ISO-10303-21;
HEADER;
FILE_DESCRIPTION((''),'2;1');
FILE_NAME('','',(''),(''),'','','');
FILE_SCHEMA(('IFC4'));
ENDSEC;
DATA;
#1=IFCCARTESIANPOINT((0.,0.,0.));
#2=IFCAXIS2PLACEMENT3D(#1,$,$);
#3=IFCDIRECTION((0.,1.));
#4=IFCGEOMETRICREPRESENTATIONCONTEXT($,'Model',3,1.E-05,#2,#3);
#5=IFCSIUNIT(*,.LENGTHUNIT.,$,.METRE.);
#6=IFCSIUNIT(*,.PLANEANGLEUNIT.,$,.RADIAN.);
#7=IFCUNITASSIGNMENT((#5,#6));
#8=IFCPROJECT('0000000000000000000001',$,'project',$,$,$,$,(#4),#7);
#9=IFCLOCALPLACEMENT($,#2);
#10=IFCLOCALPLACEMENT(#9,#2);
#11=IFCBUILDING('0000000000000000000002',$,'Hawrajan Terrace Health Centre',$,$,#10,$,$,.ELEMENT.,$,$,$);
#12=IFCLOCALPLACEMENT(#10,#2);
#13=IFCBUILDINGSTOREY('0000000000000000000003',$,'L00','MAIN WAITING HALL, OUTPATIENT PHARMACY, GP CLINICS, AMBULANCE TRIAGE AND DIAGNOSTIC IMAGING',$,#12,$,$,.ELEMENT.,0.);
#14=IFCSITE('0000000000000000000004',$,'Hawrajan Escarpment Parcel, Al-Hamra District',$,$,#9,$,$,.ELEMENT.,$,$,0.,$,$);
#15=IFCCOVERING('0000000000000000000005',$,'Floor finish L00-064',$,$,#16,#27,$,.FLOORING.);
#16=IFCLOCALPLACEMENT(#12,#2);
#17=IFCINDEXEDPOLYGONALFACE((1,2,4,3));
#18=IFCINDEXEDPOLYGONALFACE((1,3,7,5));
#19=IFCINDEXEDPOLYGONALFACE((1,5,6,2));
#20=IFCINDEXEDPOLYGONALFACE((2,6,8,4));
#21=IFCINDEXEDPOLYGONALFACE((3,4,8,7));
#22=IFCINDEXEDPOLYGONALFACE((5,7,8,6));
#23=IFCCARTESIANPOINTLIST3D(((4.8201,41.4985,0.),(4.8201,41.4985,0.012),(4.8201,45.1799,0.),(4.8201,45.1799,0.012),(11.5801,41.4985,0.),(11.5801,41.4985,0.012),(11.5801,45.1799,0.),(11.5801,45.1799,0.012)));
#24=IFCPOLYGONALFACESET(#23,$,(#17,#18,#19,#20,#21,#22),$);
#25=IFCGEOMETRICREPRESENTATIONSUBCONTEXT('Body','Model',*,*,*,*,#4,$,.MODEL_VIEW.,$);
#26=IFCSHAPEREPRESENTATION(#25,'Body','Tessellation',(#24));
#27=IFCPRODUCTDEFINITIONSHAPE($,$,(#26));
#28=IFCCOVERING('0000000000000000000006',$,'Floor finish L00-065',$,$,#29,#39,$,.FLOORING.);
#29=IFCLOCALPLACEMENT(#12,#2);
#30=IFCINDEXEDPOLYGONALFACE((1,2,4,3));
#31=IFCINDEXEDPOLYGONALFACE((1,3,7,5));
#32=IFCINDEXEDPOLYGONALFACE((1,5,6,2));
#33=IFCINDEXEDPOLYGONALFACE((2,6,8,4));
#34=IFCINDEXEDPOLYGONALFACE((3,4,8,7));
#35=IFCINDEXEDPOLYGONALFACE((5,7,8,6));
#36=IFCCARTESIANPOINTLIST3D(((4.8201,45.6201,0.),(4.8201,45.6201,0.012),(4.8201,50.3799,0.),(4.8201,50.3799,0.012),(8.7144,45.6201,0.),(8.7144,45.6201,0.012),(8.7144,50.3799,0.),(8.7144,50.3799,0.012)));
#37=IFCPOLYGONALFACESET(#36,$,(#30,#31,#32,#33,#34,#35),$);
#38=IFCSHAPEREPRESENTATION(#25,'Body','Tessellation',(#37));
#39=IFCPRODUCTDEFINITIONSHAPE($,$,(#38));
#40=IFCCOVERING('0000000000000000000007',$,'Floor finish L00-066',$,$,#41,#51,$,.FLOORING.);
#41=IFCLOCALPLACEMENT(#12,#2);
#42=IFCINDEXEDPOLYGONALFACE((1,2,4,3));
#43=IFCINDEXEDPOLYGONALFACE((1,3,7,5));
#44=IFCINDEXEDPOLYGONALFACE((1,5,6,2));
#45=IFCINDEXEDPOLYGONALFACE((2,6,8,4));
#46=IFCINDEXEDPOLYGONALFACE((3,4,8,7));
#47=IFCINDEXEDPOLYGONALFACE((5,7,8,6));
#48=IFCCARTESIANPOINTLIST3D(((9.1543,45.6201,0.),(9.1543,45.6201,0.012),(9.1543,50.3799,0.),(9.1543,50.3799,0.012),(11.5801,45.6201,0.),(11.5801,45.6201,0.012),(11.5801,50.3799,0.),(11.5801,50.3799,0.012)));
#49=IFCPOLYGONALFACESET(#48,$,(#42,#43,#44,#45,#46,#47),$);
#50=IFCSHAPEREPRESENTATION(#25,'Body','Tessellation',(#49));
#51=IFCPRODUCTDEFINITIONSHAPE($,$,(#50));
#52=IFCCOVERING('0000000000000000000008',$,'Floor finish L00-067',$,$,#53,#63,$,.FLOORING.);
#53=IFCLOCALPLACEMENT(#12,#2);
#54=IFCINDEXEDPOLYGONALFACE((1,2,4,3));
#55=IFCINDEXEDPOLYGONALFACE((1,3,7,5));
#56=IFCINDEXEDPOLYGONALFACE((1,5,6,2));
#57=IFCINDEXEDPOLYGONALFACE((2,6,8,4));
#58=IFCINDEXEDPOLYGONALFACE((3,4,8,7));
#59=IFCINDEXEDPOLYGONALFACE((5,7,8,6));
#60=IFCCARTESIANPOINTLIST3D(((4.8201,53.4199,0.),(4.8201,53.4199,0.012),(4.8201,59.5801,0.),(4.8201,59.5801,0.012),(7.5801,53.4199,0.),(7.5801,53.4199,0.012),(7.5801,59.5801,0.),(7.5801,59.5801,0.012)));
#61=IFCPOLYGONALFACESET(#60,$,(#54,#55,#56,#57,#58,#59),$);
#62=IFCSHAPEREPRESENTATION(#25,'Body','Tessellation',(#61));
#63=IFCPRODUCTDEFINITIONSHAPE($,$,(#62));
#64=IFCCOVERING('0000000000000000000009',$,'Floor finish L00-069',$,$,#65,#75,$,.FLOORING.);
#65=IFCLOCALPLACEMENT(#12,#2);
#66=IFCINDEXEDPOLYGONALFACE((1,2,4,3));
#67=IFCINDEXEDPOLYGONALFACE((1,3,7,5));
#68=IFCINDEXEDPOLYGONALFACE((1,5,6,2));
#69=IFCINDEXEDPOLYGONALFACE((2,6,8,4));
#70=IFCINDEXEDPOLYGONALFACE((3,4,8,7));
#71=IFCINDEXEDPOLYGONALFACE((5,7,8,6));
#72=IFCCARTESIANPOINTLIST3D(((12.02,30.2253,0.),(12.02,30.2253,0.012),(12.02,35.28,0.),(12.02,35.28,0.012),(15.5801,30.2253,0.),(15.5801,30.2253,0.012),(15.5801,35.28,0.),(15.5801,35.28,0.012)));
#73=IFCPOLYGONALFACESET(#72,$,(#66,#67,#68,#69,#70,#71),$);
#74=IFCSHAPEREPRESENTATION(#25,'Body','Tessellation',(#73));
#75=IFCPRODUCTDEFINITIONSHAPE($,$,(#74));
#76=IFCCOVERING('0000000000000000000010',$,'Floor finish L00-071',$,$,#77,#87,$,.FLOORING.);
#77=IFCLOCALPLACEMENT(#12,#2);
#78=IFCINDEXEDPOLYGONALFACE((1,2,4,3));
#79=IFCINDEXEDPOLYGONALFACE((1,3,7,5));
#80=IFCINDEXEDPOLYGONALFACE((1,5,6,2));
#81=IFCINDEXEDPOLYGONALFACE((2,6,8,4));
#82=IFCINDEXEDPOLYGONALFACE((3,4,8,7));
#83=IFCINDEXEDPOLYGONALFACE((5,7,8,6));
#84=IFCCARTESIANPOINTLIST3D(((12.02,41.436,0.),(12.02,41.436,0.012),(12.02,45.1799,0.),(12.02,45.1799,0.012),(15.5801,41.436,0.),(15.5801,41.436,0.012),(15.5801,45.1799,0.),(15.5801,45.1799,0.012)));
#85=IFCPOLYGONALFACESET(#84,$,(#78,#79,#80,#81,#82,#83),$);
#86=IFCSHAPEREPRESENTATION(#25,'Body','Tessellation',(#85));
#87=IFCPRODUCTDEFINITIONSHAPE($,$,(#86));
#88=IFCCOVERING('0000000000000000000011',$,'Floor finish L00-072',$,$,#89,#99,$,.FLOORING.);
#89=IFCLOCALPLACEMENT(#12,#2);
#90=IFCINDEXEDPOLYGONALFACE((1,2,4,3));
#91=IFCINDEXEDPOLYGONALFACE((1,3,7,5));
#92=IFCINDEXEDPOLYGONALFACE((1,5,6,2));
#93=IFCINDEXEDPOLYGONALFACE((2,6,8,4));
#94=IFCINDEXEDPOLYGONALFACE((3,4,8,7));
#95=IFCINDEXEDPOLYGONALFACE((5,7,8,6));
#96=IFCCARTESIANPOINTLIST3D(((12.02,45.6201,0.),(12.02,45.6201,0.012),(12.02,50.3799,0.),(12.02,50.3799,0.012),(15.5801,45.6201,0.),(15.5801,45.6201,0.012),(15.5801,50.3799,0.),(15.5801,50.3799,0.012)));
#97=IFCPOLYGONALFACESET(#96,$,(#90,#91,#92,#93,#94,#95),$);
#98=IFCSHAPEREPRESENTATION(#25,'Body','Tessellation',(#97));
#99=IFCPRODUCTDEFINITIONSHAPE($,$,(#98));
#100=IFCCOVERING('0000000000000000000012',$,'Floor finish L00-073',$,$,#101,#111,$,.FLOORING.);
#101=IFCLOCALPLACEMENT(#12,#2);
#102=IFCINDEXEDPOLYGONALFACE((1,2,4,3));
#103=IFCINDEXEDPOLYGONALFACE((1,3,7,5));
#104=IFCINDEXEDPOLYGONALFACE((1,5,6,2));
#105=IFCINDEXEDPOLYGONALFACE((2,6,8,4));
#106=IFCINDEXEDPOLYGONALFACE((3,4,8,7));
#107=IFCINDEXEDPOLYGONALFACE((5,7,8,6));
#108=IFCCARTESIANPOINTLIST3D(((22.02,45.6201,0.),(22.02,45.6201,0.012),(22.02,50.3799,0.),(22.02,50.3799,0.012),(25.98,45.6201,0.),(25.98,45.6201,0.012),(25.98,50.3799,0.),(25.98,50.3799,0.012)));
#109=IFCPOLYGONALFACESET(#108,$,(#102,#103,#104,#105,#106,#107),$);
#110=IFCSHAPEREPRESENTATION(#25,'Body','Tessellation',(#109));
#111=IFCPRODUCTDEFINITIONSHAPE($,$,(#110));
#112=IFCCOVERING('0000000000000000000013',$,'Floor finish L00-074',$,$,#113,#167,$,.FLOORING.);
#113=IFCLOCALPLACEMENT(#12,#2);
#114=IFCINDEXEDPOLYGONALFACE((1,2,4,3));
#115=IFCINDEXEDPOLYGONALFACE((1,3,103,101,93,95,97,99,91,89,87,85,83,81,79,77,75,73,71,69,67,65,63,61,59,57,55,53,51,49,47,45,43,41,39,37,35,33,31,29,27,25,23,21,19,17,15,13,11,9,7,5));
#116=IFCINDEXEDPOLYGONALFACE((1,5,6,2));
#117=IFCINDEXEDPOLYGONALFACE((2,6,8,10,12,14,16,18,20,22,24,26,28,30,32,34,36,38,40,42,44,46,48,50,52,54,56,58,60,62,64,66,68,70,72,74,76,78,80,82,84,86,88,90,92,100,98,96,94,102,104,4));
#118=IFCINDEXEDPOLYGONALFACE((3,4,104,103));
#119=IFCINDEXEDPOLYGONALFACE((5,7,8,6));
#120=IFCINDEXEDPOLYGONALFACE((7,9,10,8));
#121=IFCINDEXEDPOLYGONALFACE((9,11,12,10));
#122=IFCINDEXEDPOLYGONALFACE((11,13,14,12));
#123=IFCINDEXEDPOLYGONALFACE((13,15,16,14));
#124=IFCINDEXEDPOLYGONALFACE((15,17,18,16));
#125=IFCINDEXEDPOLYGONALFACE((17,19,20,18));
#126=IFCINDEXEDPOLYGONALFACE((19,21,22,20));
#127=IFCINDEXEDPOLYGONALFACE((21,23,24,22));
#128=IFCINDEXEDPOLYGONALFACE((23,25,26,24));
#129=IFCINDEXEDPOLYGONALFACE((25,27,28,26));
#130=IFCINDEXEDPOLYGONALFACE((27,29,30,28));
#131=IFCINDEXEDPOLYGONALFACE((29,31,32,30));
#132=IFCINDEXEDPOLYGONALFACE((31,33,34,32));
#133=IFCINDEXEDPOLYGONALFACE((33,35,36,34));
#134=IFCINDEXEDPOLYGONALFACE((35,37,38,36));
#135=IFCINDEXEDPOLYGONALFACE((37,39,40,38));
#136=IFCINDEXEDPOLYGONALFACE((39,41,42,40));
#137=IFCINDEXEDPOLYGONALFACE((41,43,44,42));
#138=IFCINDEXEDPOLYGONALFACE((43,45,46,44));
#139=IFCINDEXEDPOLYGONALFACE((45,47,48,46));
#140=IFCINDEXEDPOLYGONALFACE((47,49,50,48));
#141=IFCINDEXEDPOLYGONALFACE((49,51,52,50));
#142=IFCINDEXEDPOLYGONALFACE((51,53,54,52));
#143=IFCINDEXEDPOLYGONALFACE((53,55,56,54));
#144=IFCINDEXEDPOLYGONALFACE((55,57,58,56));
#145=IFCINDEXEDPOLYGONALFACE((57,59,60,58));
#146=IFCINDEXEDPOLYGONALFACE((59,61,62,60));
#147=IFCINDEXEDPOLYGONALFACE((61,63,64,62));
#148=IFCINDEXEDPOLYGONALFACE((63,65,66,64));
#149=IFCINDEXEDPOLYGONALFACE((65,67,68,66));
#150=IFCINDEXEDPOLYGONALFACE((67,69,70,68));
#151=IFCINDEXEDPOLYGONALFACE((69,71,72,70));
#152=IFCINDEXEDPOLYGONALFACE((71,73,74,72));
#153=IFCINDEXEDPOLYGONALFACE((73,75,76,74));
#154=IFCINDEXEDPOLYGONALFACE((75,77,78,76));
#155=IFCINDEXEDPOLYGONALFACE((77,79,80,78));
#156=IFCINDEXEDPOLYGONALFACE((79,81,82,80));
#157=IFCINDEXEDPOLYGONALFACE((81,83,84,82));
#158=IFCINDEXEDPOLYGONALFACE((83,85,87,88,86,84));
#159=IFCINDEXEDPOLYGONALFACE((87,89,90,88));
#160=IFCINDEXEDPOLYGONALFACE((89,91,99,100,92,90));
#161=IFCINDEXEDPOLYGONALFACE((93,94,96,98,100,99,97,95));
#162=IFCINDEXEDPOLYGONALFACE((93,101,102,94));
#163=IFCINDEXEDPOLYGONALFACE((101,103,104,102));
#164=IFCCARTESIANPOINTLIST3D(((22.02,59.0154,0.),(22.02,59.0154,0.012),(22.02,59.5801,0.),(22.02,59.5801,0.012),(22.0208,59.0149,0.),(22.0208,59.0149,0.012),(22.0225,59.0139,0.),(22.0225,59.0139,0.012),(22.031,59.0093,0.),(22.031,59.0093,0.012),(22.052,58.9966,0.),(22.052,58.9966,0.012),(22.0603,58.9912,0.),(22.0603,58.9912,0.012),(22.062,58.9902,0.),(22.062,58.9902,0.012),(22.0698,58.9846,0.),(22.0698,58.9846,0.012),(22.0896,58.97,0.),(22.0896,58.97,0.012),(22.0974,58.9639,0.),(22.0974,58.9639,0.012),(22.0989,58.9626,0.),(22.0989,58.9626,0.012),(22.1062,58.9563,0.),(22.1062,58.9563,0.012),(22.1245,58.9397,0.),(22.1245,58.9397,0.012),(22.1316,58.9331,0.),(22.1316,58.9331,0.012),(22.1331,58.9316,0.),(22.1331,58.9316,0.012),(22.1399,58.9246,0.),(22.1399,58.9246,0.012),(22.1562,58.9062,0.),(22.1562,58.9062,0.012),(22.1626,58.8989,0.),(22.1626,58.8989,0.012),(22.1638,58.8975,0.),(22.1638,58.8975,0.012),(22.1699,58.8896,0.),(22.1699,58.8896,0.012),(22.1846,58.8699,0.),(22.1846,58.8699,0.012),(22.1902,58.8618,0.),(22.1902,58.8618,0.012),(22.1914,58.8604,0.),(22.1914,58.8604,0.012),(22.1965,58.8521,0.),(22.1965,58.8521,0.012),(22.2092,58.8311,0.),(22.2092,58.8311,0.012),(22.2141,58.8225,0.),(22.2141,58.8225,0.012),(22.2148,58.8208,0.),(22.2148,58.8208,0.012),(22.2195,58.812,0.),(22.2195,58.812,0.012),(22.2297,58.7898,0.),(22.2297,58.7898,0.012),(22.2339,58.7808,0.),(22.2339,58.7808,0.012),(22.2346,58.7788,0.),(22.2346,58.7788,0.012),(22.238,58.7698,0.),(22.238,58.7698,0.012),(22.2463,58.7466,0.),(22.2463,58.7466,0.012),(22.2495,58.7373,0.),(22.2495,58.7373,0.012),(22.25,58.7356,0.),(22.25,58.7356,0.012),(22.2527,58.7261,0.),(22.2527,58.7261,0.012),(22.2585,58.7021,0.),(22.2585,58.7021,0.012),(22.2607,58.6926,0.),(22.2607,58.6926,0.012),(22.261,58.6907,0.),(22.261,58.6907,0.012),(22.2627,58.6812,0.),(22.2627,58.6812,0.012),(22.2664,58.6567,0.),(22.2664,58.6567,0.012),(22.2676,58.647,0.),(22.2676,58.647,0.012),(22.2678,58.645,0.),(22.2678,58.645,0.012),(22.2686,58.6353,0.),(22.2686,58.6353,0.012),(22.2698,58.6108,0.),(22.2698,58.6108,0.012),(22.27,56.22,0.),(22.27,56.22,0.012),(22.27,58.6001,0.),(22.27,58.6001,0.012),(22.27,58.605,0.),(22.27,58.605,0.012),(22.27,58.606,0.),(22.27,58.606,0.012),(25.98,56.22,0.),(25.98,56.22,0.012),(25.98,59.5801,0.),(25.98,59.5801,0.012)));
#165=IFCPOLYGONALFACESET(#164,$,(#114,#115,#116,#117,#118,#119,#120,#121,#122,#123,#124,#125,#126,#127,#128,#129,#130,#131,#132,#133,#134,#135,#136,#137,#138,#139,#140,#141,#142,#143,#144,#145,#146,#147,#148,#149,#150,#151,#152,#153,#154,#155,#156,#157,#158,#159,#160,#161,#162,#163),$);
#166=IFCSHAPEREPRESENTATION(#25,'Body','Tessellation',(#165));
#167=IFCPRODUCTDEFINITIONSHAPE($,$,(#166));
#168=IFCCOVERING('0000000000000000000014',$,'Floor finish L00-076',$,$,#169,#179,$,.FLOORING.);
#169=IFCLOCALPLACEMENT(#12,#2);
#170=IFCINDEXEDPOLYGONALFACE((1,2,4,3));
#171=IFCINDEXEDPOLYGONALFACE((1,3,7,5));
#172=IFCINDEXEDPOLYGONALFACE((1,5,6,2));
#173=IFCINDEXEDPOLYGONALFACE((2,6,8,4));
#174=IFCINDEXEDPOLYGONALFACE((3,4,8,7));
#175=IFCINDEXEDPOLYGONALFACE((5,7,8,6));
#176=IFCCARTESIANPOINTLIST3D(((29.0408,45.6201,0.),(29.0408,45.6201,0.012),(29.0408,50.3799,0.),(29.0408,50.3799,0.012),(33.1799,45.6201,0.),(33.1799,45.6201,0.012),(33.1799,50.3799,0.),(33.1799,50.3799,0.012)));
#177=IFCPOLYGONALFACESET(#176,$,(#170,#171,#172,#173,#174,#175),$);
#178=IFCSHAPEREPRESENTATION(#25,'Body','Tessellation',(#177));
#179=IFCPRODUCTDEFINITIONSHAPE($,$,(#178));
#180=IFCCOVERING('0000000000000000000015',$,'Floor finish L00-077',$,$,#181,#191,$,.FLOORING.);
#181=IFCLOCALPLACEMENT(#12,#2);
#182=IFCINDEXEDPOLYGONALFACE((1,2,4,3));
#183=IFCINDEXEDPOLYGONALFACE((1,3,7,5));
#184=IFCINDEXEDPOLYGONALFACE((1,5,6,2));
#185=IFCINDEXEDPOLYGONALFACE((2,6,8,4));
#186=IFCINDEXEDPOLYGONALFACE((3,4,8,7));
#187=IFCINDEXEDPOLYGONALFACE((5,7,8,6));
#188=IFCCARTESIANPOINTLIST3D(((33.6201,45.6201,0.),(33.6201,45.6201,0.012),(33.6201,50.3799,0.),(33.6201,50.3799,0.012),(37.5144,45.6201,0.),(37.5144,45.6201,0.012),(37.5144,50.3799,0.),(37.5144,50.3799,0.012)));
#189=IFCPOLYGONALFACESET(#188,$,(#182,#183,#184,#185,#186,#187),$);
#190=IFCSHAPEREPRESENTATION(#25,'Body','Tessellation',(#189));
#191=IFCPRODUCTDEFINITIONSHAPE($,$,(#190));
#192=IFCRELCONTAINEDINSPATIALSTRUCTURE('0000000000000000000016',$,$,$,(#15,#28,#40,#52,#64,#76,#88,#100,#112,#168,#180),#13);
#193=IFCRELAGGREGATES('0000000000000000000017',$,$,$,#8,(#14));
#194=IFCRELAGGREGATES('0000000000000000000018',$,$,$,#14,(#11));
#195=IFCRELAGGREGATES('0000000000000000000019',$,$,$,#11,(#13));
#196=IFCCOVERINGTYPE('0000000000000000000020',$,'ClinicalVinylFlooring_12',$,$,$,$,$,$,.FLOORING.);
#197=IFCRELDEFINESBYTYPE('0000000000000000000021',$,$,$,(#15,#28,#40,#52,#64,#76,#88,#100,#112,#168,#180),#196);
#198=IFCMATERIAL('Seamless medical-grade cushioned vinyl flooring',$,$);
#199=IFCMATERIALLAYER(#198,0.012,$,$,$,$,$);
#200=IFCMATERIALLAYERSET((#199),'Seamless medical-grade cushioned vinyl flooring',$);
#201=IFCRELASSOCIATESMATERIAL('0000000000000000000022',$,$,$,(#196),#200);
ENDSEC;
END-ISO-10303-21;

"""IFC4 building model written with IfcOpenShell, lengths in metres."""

from ifc_helpers import new_model, si_unit, direction, origin, place, context, subcontext, project, spatial, polyline, outline, extrude, material, layer, layer_set, type_object, element, save


model = new_model("IFC4")

# Units and contexts
model_context = context("Model", 3, precision=1e-05, world=origin(), true_north=direction((0.0, 1.0)))
body_context = subcontext(model_context, "Body", "Model", "MODEL_VIEW")
ifc_project = project(units=[si_unit("LENGTHUNIT", "METRE"), si_unit("PLANEANGLEUNIT", "RADIAN")], contexts=[model_context])

# Site, building, storey
site_placement = place(None, origin())
site = spatial("IfcSite", under=ifc_project, at=site_placement, Name="Hawrajan Escarpment Parcel, Al-Hamra District", CompositionType="ELEMENT", RefElevation=0.0)
building_placement = place(site_placement, origin())
building = spatial("IfcBuilding", under=site, at=building_placement, Name="Hawrajan Terrace Health Centre", CompositionType="ELEMENT")
storey_placement = place(building_placement, origin())
storey = spatial("IfcBuildingStorey", under=building, at=storey_placement, Name="L00", Description="MAIN WAITING HALL, OUTPATIENT PHARMACY, GP CLINICS, AMBULANCE TRIAGE AND DIAGNOSTIC IMAGING", CompositionType="ELEMENT", Elevation=0.0)

# Coverings
ifc_material = material(Name="Seamless medical-grade cushioned vinyl flooring")
ifc_layer = layer(ifc_material, 0.012)
ifc_layer_set = layer_set([ifc_layer], Name="Seamless medical-grade cushioned vinyl flooring")
covering_type = type_object("IfcCoveringType", Name="ClinicalVinylFlooring_12", PredefinedType="FLOORING", material=ifc_layer_set)
covering_1_placement = place(storey_placement, origin())
element("IfcCovering", 1, at=covering_1_placement, inside=storey, type_object=covering_type, Name="Floor finish L00-064", PredefinedType="FLOORING", context=body_context, shape_type="SweptSolid", body=[
    extrude(outline(polyline([(4.8201, 45.1799), (11.5801, 45.1799), (11.5801, 41.4985), (4.8201, 41.4985), (4.8201, 45.1799)])), origin(), (0.0, 0.0, 1.0), 0.012),
])
covering_2_placement = place(storey_placement, origin())
element("IfcCovering", 2, at=covering_2_placement, inside=storey, type_object=covering_type, Name="Floor finish L00-065", PredefinedType="FLOORING", context=body_context, shape_type="SweptSolid", body=[
    extrude(outline(polyline([(4.8201, 50.3799), (8.7144, 50.3799), (8.7144, 45.6201), (4.8201, 45.6201), (4.8201, 50.3799)])), origin(), (0.0, 0.0, 1.0), 0.012),
])
covering_3_placement = place(storey_placement, origin())
element("IfcCovering", 3, at=covering_3_placement, inside=storey, type_object=covering_type, Name="Floor finish L00-066", PredefinedType="FLOORING", context=body_context, shape_type="SweptSolid", body=[
    extrude(outline(polyline([(9.1543, 50.3799), (11.5801, 50.3799), (11.5801, 45.6201), (9.1543, 45.6201), (9.1543, 50.3799)])), origin(), (0.0, 0.0, 1.0), 0.012),
])
covering_4_placement = place(storey_placement, origin())
element("IfcCovering", 4, at=covering_4_placement, inside=storey, type_object=covering_type, Name="Floor finish L00-067", PredefinedType="FLOORING", context=body_context, shape_type="SweptSolid", body=[
    extrude(outline(polyline([(4.8201, 59.5801), (7.5801, 59.5801), (7.5801, 53.4199), (4.8201, 53.4199), (4.8201, 59.5801)])), origin(), (0.0, 0.0, 1.0), 0.012),
])
covering_5_placement = place(storey_placement, origin())
element("IfcCovering", 5, at=covering_5_placement, inside=storey, type_object=covering_type, Name="Floor finish L00-069", PredefinedType="FLOORING", context=body_context, shape_type="SweptSolid", body=[
    extrude(outline(polyline([(12.02, 35.28), (15.5801, 35.28), (15.5801, 30.2253), (12.02, 30.2253), (12.02, 35.28)])), origin(), (0.0, 0.0, 1.0), 0.012),
])
covering_6_placement = place(storey_placement, origin())
element("IfcCovering", 6, at=covering_6_placement, inside=storey, type_object=covering_type, Name="Floor finish L00-071", PredefinedType="FLOORING", context=body_context, shape_type="SweptSolid", body=[
    extrude(outline(polyline([(12.02, 45.1799), (15.5801, 45.1799), (15.5801, 41.436), (12.02, 41.436), (12.02, 45.1799)])), origin(), (0.0, 0.0, 1.0), 0.012),
])
covering_7_placement = place(storey_placement, origin())
element("IfcCovering", 7, at=covering_7_placement, inside=storey, type_object=covering_type, Name="Floor finish L00-072", PredefinedType="FLOORING", context=body_context, shape_type="SweptSolid", body=[
    extrude(outline(polyline([(12.02, 50.3799), (15.5801, 50.3799), (15.5801, 45.6201), (12.02, 45.6201), (12.02, 50.3799)])), origin(), (0.0, 0.0, 1.0), 0.012),
])
covering_8_placement = place(storey_placement, origin())
element("IfcCovering", 8, at=covering_8_placement, inside=storey, type_object=covering_type, Name="Floor finish L00-073", PredefinedType="FLOORING", context=body_context, shape_type="SweptSolid", body=[
    extrude(outline(polyline([(22.02, 50.3799), (25.98, 50.3799), (25.98, 45.6201), (22.02, 45.6201), (22.02, 50.3799)])), origin(), (0.0, 0.0, 1.0), 0.012),
])
covering_9_placement = place(storey_placement, origin())
element("IfcCovering", 9, at=covering_9_placement, inside=storey, type_object=covering_type, Name="Floor finish L00-074", PredefinedType="FLOORING", context=body_context, shape_type="SweptSolid", body=[
    extrude(outline(polyline([(22.02, 59.0154), (22.02, 59.5801), (25.98, 59.5801), (25.98, 56.22), (22.27, 56.22), (22.27, 58.6001), (22.27, 58.605), (22.27, 58.606), (22.2698, 58.6108), (22.2686, 58.6353), (22.2678, 58.645), (22.2676, 58.647), (22.2664, 58.6567), (22.2627, 58.6812), (22.261, 58.6907), (22.2607, 58.6926), (22.2585, 58.7021), (22.2527, 58.7261), (22.25, 58.7356), (22.2495, 58.7373), (22.2463, 58.7466), (22.238, 58.7698), (22.2346, 58.7788), (22.2339, 58.7808), (22.2297, 58.7898), (22.2195, 58.812), (22.2148, 58.8208), (22.2141, 58.8225), (22.2092, 58.8311), (22.1965, 58.8521), (22.1914, 58.8604), (22.1902, 58.8618), (22.1846, 58.8699), (22.1699, 58.8896), (22.1638, 58.8975), (22.1626, 58.8989), (22.1562, 58.9062), (22.1399, 58.9246), (22.1331, 58.9316), (22.1316, 58.9331), (22.1245, 58.9397), (22.1062, 58.9563), (22.0989, 58.9626), (22.0974, 58.9639), (22.0896, 58.97), (22.0698, 58.9846), (22.062, 58.9902), (22.0603, 58.9912), (22.052, 58.9966), (22.031, 59.0093), (22.0225, 59.0139), (22.0208, 59.0149), (22.02, 59.0154)])), origin(), (0.0, 0.0, 1.0), 0.012),
])
covering_10_placement = place(storey_placement, origin())
element("IfcCovering", 10, at=covering_10_placement, inside=storey, type_object=covering_type, Name="Floor finish L00-076", PredefinedType="FLOORING", context=body_context, shape_type="SweptSolid", body=[
    extrude(outline(polyline([(29.0408, 50.3799), (33.1799, 50.3799), (33.1799, 45.6201), (29.0408, 45.6201), (29.0408, 50.3799)])), origin(), (0.0, 0.0, 1.0), 0.012),
])
covering_11_placement = place(storey_placement, origin())
element("IfcCovering", 11, at=covering_11_placement, inside=storey, type_object=covering_type, Name="Floor finish L00-077", PredefinedType="FLOORING", context=body_context, shape_type="SweptSolid", body=[
    extrude(outline(polyline([(33.6201, 50.3799), (37.5144, 50.3799), (37.5144, 45.6201), (33.6201, 45.6201), (33.6201, 50.3799)])), origin(), (0.0, 0.0, 1.0), 0.012),
])

save(model, "model.ifc")
